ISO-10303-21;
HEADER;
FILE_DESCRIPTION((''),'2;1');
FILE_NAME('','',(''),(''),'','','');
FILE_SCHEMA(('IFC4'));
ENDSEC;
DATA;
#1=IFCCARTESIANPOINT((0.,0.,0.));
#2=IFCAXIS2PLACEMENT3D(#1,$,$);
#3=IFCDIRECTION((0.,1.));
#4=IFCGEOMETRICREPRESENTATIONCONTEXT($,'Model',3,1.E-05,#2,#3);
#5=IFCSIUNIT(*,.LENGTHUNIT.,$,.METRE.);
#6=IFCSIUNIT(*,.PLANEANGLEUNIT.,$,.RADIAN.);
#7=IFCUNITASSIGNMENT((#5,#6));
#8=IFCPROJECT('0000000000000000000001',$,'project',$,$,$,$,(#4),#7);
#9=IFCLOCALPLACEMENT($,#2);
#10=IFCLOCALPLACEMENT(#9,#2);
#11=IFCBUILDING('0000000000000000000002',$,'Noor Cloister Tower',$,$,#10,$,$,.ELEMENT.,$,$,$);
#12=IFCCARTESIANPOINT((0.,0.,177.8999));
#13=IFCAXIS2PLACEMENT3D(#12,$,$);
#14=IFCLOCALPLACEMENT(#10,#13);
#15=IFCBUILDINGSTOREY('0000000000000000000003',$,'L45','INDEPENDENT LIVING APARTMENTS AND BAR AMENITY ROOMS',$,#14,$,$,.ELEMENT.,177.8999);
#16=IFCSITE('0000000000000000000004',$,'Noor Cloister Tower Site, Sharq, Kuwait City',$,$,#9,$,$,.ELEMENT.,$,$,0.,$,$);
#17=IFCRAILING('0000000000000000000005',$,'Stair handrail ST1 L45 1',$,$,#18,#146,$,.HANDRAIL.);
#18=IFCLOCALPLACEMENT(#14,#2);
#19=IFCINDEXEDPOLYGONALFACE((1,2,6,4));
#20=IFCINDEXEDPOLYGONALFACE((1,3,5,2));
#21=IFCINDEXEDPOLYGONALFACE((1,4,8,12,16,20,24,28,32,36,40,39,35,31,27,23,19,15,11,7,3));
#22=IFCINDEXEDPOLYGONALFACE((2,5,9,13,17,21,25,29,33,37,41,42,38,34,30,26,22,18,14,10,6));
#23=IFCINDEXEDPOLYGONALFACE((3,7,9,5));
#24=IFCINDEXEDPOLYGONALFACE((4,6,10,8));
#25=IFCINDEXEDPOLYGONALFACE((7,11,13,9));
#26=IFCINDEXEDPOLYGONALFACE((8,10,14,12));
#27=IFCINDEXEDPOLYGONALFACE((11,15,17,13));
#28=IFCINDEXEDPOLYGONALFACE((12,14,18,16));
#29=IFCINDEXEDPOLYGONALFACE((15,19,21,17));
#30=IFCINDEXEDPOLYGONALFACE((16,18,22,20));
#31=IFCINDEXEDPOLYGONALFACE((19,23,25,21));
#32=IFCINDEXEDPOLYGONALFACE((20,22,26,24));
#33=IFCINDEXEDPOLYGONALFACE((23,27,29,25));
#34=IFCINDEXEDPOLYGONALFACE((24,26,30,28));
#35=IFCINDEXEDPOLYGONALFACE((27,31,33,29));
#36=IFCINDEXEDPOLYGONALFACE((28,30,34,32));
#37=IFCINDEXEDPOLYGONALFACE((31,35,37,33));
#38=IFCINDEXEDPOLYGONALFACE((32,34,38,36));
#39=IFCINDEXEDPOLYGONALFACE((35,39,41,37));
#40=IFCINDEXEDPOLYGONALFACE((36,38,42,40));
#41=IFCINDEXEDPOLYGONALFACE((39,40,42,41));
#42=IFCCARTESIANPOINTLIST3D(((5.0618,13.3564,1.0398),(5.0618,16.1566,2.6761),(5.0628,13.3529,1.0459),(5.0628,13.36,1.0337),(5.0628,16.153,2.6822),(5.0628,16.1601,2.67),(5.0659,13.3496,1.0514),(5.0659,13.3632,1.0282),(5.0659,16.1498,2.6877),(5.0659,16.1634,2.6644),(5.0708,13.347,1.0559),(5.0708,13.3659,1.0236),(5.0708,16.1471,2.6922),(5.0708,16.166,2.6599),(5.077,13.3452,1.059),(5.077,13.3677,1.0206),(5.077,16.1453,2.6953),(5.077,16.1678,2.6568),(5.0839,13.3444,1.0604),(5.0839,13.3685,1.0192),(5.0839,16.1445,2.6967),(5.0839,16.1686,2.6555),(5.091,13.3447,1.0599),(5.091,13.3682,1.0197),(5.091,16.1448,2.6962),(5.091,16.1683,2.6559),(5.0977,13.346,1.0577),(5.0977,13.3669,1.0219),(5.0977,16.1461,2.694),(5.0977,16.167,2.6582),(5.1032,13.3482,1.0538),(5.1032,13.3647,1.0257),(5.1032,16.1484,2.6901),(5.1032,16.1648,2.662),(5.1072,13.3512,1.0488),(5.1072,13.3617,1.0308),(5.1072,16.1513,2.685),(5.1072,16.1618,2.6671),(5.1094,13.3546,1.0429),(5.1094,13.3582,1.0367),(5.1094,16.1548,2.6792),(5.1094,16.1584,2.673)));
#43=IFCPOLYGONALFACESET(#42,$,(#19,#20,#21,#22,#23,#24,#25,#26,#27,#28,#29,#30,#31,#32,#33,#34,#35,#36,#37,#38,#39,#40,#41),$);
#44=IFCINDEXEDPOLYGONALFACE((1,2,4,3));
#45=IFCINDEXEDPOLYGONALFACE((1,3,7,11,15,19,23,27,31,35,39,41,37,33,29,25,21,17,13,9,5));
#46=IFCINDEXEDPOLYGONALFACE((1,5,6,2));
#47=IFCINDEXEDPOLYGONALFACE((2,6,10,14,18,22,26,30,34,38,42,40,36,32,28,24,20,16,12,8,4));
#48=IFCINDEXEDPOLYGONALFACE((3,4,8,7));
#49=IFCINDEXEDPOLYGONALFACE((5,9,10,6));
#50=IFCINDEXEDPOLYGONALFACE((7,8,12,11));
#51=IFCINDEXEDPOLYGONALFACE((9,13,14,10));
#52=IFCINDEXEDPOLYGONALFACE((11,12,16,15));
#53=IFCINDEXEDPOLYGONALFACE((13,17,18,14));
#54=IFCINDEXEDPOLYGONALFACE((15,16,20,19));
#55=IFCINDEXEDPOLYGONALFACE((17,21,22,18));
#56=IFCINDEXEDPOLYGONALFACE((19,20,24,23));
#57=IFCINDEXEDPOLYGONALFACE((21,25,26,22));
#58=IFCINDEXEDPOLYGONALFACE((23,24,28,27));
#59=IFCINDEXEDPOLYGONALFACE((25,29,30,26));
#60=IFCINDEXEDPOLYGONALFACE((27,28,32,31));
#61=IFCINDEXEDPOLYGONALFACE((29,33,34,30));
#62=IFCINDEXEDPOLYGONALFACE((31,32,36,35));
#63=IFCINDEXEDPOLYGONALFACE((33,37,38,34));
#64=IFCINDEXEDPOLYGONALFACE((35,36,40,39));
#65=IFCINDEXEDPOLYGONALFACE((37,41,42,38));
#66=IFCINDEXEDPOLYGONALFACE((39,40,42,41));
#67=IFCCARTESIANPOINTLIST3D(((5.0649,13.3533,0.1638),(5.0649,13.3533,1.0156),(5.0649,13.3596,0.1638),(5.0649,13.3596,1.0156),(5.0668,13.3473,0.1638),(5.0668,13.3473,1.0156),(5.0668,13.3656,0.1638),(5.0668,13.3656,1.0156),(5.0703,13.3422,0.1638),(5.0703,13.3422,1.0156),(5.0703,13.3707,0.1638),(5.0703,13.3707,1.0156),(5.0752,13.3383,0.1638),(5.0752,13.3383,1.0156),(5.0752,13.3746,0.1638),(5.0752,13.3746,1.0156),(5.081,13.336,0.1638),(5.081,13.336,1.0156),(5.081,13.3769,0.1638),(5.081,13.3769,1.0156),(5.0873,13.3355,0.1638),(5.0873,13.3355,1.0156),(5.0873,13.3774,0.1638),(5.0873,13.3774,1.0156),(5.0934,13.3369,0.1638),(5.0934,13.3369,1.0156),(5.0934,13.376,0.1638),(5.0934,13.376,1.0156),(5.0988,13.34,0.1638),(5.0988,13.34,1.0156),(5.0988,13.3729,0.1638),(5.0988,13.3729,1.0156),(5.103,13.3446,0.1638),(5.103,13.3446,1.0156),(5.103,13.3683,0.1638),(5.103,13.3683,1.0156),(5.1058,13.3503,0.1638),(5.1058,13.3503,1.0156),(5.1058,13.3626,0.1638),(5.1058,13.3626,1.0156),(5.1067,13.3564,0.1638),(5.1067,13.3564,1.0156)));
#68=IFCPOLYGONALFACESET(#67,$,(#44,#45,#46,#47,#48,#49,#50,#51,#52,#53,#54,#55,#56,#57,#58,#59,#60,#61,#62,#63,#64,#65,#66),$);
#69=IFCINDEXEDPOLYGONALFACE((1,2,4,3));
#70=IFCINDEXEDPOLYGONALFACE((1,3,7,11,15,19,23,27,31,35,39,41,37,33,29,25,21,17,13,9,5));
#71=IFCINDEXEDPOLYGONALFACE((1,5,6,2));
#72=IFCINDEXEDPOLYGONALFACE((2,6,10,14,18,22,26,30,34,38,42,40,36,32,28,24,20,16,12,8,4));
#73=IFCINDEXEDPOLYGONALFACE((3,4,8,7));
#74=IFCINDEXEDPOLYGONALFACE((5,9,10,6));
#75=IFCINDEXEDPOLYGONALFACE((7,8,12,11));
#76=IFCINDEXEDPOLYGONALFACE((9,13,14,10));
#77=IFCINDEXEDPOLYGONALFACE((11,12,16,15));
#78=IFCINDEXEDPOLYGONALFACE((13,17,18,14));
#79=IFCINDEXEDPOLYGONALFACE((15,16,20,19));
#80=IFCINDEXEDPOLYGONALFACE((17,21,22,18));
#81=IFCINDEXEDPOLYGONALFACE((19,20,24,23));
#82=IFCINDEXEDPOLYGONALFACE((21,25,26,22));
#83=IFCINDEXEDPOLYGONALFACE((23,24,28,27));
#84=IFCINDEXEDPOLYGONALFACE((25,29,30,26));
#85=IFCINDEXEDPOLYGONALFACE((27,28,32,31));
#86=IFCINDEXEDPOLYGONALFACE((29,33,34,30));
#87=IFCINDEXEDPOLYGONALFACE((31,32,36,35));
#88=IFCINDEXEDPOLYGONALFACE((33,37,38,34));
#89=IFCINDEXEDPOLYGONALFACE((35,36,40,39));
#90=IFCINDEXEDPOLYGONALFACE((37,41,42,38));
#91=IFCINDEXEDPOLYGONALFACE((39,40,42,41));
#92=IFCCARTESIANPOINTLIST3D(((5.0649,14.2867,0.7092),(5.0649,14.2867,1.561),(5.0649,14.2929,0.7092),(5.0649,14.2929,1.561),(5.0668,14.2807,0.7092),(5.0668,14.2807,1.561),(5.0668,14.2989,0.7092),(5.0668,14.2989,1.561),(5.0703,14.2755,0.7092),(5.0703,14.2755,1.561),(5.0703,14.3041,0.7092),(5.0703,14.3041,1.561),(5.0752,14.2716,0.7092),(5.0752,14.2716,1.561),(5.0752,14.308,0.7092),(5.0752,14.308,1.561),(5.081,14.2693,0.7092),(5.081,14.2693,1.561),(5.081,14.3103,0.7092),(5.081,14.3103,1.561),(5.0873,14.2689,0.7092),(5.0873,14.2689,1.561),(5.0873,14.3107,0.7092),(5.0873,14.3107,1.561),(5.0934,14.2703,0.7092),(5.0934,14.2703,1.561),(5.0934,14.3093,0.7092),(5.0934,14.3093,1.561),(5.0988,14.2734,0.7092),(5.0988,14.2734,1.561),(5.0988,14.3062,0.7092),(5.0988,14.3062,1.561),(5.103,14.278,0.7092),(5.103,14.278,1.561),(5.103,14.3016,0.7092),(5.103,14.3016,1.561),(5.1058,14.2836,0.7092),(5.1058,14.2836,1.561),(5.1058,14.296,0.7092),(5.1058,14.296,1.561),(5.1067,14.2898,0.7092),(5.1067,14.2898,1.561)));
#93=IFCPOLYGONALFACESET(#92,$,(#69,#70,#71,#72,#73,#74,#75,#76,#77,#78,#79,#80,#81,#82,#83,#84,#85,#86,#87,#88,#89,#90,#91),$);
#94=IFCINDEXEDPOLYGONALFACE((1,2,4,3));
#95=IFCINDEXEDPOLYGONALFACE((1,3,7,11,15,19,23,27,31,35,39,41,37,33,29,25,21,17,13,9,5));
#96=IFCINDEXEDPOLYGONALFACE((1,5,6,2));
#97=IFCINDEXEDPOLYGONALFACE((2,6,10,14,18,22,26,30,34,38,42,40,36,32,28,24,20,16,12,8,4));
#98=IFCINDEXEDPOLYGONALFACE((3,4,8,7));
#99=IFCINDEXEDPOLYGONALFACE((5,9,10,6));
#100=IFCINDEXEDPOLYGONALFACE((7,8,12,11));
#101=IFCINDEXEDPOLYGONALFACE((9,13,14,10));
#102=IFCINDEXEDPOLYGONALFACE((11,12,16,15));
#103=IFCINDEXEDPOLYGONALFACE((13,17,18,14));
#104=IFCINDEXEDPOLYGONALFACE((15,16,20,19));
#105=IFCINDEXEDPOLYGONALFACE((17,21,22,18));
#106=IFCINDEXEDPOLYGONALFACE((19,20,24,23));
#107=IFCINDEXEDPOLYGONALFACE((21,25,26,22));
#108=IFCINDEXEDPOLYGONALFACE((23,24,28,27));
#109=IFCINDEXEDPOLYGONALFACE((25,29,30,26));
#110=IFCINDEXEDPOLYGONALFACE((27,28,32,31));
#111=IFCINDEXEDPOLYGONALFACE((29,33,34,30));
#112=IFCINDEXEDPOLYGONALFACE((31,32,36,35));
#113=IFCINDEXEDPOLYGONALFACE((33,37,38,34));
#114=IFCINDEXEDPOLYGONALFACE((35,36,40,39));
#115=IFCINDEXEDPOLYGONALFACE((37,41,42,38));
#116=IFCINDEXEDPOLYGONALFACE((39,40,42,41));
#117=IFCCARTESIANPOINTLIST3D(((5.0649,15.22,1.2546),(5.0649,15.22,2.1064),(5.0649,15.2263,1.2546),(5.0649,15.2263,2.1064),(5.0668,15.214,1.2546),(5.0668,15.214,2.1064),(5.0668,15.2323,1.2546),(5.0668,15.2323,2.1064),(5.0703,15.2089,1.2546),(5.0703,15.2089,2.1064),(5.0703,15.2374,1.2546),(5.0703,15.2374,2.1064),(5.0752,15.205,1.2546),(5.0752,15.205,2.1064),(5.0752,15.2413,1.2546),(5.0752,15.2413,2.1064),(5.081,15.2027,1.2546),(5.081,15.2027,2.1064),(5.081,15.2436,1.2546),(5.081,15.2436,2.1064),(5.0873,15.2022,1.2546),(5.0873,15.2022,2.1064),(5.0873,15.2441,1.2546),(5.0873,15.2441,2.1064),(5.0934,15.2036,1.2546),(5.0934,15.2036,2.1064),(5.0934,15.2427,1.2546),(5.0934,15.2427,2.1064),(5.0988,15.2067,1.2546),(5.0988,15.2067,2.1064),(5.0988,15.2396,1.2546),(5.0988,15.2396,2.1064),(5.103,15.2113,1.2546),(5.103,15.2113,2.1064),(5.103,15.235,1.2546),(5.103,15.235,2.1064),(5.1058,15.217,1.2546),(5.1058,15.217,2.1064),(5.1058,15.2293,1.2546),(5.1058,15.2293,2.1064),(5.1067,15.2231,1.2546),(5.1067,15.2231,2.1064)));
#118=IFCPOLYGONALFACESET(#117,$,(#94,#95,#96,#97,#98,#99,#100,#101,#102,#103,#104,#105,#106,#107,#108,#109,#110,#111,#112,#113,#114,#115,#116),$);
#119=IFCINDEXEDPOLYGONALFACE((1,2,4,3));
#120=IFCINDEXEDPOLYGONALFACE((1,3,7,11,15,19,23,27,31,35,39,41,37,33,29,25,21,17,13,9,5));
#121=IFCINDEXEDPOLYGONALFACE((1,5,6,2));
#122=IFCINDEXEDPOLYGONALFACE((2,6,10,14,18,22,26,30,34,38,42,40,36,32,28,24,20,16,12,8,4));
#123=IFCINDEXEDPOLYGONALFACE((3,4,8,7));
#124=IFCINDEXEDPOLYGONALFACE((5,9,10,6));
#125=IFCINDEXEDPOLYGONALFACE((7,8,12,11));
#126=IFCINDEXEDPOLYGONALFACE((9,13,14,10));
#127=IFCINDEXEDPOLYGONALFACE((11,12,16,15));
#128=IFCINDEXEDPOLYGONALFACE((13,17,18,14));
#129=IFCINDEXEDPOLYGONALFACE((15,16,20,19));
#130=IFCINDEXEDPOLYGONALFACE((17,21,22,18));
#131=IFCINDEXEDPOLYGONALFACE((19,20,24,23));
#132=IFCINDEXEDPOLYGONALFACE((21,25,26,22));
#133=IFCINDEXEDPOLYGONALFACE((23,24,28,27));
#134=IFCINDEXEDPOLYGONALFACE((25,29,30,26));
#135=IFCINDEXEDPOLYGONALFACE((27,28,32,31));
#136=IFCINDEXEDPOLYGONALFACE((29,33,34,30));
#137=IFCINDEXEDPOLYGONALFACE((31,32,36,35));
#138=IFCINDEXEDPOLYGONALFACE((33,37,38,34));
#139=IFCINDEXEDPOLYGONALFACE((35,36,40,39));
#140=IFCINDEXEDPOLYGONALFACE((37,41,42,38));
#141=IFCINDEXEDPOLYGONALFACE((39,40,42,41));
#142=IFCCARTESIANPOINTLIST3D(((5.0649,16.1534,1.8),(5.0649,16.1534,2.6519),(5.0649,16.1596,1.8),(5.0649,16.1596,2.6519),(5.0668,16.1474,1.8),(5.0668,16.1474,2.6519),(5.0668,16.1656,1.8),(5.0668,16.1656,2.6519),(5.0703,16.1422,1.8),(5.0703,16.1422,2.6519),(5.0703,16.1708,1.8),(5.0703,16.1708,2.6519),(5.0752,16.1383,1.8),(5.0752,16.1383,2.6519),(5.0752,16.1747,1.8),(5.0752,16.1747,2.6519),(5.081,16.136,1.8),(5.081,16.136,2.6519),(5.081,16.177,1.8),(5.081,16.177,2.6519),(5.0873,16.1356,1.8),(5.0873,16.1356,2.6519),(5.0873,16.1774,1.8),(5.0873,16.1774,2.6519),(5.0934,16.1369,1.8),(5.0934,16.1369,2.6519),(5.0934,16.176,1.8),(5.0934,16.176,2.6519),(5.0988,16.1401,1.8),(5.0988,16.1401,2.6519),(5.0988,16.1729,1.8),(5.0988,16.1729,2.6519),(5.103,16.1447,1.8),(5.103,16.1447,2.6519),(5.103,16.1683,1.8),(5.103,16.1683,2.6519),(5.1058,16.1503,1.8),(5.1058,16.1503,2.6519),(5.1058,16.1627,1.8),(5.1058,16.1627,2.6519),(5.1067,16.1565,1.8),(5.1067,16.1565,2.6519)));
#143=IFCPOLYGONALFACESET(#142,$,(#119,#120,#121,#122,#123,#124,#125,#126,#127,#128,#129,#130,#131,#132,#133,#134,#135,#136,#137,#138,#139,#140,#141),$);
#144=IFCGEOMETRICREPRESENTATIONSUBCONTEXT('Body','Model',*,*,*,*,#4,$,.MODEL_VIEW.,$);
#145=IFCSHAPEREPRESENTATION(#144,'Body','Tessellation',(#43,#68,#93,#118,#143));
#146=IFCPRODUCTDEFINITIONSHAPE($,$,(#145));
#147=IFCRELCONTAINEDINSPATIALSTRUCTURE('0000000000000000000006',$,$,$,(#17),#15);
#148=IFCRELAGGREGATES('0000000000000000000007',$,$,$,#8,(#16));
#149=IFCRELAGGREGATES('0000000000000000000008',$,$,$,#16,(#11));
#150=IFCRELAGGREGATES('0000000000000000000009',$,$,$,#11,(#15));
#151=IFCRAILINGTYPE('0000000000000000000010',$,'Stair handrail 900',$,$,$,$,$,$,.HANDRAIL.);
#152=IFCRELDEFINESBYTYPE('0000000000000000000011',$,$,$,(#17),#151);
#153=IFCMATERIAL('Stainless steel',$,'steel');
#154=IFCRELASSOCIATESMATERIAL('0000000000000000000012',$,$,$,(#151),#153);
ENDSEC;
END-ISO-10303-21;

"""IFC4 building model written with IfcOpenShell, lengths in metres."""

from ifc_helpers import new_model, si_unit, direction, frame, origin, origin_2d, place, context, subcontext, project, spatial, circle, extrude, material, type_object, element, save


model = new_model("IFC4")

# Units and contexts
model_context = context("Model", 3, precision=1e-05, world=origin(), true_north=direction((0.0, 1.0)))
body_context = subcontext(model_context, "Body", "Model", "MODEL_VIEW")
ifc_project = project(units=[si_unit("LENGTHUNIT", "METRE"), si_unit("PLANEANGLEUNIT", "RADIAN")], contexts=[model_context])

# Site, building, storey
site_placement = place(None, origin())
site = spatial("IfcSite", under=ifc_project, at=site_placement, Name="Noor Cloister Tower Site, Sharq, Kuwait City", CompositionType="ELEMENT", RefElevation=0.0)
building_placement = place(site_placement, origin())
building = spatial("IfcBuilding", under=site, at=building_placement, Name="Noor Cloister Tower", CompositionType="ELEMENT")
storey_placement = place(building_placement, frame((0.0, 0.0, 177.8999)))
storey = spatial("IfcBuildingStorey", under=building, at=storey_placement, Name="L45", Description="INDEPENDENT LIVING APARTMENTS AND BAR AMENITY ROOMS", CompositionType="ELEMENT", Elevation=177.8999)

# Railing
ifc_material_1 = material(Name="Stainless steel", Category="steel")
railing_type_1 = type_object("IfcRailingType", Name="Stair handrail 900", PredefinedType="HANDRAIL", material=ifc_material_1)
railing_1_placement = place(storey_placement, frame((5.0857, 13.3564, 0.1638)))
element("IfcRailing", 1, at=railing_1_placement, inside=storey, type_object=railing_type_1, Name="Stair handrail ST1 L45 1", PredefinedType="HANDRAIL", context=body_context, shape_type="SweptSolid", body=[
    extrude(circle(Radius=0.0239, at=origin_2d()), frame((0.0, 0.0, 0.876), z_axis=(0.0, 0.863394, 0.504531), x_axis=(-1.0, 0.0, 0.0)), (0.0, 0.0, 1.0), 3.2432),
    extrude(circle(Radius=0.021, at=origin_2d()), origin(), (0.0, 0.0, 1.0), 0.8518),
    extrude(circle(Radius=0.021, at=origin_2d()), frame((0.0, 0.9333, 0.5454)), (0.0, 0.0, 1.0), 0.8518),
    extrude(circle(Radius=0.021, at=origin_2d()), frame((0.0, 1.8667, 1.0908)), (0.0, 0.0, 1.0), 0.8518),
    extrude(circle(Radius=0.021, at=origin_2d()), frame((0.0, 2.8, 1.6362)), (0.0, 0.0, 1.0), 0.8518),
])

save(model, "model.ifc")
